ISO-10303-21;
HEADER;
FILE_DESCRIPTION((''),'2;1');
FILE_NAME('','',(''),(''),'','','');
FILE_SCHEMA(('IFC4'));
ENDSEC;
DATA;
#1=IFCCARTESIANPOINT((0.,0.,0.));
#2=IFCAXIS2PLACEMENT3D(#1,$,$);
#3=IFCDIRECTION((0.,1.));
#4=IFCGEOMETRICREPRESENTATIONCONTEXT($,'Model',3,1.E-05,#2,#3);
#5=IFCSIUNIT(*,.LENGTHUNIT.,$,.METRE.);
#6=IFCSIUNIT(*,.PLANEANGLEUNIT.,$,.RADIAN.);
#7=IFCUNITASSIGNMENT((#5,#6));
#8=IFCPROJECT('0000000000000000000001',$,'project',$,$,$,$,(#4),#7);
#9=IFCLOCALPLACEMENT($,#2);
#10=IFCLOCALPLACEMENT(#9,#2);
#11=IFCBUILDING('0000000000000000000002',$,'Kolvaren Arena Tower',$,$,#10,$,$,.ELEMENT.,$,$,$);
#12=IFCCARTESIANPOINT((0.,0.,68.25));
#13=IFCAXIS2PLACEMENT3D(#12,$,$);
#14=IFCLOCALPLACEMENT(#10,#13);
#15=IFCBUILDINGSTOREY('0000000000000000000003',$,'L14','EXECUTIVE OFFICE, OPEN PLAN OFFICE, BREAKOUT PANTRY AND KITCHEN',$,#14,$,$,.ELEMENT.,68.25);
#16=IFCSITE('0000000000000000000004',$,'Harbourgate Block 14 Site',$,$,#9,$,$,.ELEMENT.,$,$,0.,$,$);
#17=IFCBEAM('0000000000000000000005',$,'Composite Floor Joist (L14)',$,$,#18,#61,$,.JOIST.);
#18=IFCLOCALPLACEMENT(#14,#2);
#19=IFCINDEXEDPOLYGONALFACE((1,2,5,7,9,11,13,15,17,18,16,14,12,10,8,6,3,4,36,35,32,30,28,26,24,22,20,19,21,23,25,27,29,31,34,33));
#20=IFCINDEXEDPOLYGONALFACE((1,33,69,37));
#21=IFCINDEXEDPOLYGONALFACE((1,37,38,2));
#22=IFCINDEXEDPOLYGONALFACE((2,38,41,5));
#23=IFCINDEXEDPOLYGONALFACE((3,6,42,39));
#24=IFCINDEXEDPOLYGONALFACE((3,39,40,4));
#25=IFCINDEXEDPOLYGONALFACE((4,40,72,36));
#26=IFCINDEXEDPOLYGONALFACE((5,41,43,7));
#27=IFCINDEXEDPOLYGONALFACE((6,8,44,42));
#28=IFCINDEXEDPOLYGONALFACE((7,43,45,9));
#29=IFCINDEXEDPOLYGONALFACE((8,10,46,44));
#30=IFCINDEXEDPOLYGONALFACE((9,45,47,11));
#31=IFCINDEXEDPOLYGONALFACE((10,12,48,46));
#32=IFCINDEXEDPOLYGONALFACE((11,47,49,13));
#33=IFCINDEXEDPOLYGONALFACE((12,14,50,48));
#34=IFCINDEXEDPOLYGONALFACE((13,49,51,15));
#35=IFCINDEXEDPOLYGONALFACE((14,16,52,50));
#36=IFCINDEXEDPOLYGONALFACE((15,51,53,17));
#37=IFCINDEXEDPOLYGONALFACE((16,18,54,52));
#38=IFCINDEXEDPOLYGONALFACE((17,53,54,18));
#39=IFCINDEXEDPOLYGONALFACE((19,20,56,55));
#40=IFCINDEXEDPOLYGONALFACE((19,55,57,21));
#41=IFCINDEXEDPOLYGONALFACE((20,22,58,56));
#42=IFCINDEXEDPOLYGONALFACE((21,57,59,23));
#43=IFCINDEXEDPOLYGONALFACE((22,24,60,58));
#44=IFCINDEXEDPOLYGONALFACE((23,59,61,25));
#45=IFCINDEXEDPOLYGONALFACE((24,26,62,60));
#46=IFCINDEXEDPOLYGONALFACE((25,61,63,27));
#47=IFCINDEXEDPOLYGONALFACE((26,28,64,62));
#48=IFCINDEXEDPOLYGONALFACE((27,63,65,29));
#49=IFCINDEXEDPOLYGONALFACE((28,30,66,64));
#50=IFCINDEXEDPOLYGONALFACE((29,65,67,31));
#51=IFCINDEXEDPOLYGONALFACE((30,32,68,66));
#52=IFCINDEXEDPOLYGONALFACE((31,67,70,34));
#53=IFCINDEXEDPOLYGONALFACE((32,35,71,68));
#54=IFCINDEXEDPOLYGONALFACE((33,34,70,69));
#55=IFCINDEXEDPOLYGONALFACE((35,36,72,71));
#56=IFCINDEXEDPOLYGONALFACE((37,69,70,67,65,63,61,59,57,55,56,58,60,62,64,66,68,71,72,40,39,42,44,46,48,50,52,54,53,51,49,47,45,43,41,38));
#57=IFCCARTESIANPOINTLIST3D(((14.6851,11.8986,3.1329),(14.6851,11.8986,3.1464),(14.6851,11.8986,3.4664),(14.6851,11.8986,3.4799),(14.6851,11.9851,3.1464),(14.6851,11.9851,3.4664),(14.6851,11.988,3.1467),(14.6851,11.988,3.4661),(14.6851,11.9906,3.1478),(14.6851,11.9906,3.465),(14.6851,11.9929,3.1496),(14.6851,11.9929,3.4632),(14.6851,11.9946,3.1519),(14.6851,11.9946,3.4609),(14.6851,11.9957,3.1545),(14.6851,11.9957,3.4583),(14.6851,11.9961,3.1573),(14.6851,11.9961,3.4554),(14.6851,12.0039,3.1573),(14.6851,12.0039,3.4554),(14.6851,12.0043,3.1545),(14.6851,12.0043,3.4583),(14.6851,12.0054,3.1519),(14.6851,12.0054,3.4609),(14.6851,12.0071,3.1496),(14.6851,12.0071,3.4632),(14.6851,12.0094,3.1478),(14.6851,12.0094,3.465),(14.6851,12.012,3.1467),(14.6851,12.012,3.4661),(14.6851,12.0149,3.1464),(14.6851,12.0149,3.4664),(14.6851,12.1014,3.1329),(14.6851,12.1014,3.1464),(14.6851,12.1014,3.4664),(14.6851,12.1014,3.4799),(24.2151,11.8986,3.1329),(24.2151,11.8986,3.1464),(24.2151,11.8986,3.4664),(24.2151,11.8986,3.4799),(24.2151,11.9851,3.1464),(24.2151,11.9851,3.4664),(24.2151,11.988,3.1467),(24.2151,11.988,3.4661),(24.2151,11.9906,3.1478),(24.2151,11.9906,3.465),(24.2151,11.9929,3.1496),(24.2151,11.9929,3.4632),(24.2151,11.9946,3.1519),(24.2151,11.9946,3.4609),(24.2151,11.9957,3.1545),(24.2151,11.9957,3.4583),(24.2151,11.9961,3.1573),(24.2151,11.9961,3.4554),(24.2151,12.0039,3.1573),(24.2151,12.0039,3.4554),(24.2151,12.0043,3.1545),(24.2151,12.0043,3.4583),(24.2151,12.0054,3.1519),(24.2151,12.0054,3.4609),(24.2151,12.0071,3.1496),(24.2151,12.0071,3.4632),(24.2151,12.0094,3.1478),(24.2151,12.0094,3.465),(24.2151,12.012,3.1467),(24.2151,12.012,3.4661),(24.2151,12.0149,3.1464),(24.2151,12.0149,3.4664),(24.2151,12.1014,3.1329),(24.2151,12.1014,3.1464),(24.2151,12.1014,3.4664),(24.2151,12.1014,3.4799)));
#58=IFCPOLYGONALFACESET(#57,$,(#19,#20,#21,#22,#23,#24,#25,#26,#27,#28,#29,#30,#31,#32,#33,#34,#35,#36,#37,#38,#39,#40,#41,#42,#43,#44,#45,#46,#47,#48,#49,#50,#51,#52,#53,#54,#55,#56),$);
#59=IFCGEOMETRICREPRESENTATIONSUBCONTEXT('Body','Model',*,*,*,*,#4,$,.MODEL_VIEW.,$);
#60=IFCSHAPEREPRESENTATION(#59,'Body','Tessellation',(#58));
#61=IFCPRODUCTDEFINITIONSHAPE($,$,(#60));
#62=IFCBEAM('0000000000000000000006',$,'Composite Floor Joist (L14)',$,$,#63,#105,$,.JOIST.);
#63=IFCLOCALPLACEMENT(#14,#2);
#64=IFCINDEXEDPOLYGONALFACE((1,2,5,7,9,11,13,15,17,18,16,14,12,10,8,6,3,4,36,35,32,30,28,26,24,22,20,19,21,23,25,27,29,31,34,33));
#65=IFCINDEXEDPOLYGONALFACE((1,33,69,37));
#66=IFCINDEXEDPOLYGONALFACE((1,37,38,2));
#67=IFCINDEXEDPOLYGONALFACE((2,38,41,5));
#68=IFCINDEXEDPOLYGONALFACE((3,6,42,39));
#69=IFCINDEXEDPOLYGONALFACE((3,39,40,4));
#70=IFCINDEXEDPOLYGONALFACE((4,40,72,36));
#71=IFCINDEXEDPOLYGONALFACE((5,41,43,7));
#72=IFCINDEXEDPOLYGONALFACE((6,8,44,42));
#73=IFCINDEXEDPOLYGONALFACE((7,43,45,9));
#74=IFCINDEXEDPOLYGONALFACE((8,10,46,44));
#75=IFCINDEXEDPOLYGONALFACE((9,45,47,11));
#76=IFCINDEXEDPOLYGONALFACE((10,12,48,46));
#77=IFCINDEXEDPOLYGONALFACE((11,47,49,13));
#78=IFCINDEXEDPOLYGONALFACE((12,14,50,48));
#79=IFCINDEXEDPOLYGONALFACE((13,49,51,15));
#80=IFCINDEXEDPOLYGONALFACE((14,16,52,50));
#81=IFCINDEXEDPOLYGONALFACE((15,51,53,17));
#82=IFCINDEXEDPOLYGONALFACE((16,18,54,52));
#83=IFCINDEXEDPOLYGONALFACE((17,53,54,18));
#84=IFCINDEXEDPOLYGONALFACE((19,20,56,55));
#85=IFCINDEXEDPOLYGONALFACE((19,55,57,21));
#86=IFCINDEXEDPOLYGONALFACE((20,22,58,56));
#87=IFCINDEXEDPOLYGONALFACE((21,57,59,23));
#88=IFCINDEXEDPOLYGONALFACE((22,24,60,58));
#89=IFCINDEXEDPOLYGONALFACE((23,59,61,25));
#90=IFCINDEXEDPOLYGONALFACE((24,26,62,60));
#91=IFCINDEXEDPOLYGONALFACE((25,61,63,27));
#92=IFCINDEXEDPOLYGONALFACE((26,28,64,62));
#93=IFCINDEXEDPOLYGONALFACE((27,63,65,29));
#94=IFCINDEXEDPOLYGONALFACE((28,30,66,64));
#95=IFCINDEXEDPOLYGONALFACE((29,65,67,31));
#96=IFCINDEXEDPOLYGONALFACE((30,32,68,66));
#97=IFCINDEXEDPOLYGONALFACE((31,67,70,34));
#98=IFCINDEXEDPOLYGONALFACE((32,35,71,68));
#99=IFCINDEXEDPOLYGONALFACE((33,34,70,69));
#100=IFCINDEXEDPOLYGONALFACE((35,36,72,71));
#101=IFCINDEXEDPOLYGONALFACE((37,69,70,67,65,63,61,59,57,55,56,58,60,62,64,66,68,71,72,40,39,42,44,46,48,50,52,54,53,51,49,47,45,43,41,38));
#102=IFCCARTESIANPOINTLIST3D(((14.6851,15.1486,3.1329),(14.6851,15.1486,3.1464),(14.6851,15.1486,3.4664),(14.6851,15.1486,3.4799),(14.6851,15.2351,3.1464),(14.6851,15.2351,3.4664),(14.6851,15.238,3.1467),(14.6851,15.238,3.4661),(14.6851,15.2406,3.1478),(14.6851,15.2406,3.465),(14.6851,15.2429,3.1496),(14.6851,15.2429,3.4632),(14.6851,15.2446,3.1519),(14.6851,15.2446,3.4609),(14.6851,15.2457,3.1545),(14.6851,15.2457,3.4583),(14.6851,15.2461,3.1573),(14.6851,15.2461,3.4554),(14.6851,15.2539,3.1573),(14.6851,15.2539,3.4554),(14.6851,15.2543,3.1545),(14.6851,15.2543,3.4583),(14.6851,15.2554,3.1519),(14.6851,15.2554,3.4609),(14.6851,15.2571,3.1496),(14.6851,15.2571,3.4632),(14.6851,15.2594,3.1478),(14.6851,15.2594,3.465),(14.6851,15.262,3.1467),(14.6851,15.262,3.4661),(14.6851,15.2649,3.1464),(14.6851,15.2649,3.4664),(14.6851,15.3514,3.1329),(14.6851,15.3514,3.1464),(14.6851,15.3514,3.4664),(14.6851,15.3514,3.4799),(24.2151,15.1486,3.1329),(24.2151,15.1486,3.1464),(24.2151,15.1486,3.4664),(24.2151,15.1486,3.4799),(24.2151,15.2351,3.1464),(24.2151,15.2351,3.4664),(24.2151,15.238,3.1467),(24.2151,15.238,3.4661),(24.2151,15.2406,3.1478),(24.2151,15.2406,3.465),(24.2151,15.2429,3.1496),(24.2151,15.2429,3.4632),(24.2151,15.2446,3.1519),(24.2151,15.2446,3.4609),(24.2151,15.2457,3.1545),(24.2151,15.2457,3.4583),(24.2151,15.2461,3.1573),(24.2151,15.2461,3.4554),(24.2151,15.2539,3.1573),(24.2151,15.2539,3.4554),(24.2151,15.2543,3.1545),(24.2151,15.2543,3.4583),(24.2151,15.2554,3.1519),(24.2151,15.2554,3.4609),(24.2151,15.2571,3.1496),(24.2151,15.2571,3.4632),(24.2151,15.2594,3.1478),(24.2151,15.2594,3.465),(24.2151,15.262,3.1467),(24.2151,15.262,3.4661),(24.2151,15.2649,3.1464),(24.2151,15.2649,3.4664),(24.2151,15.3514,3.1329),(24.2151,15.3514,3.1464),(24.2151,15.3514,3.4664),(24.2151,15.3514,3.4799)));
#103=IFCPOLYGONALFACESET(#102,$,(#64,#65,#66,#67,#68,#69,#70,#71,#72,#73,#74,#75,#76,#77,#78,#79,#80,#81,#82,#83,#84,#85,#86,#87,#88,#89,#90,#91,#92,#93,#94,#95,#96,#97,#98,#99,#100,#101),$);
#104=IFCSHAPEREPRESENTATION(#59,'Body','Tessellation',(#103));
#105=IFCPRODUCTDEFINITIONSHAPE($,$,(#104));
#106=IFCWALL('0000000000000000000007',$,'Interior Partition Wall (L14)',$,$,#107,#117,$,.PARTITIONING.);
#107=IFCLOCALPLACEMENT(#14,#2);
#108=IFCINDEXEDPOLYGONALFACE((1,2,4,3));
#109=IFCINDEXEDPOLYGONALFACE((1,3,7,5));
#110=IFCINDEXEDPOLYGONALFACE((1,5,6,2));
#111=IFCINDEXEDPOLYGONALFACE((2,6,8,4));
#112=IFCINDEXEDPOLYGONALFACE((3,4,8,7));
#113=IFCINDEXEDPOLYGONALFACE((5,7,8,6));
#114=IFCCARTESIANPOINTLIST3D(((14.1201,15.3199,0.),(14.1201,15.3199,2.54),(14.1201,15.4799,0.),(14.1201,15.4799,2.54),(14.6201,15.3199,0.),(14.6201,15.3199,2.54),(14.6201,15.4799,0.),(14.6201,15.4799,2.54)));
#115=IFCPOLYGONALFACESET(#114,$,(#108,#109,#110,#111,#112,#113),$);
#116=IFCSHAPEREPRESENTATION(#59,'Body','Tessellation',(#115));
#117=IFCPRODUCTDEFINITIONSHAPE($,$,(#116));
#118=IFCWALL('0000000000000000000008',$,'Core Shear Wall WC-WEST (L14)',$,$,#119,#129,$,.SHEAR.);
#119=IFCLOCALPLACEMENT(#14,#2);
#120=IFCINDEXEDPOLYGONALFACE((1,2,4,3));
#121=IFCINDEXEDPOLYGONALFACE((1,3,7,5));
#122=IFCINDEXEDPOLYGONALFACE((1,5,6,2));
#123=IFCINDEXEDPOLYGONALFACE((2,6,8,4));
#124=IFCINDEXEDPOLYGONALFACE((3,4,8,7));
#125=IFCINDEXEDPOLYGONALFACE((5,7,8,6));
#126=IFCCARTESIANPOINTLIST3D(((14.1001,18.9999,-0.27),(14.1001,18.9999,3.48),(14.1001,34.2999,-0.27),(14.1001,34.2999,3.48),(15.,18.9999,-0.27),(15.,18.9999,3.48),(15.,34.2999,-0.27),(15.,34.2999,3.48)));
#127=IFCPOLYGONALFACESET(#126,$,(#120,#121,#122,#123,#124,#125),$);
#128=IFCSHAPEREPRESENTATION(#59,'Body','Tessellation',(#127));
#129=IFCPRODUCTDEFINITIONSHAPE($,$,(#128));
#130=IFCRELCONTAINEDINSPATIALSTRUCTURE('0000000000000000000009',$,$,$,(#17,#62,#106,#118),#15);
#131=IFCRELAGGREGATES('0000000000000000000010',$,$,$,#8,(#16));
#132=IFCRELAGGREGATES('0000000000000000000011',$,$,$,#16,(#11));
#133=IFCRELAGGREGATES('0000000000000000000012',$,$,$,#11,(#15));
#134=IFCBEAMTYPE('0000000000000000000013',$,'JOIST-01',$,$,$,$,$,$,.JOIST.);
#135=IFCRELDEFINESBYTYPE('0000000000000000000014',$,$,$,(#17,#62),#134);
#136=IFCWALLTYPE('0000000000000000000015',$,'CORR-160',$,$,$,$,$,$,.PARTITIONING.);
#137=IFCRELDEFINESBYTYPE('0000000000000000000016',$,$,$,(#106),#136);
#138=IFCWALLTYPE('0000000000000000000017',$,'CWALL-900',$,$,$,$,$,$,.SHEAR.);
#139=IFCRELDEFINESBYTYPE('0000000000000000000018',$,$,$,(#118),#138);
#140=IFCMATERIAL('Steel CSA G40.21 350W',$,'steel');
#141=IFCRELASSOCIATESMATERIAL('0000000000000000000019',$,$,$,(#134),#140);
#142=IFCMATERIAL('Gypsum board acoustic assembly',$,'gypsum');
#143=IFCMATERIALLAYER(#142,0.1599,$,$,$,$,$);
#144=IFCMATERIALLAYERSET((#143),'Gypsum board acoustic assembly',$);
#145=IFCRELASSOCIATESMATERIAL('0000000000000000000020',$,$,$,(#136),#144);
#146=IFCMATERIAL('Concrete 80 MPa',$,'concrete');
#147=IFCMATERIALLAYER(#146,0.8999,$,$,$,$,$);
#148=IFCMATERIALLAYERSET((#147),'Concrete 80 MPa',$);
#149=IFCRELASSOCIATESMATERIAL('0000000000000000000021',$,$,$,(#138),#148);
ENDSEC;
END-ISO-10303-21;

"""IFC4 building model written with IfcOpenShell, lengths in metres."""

from ifc_helpers import new_model, si_unit, direction, frame, frame_2d, origin, origin_2d, place, context, subcontext, project, spatial, rectangle, i_section, extrude, material, layer, layer_set, material_profile, profile_set, type_object, element, save


model = new_model("IFC4")

# Units and contexts
model_context = context("Model", 3, precision=1e-05, world=origin(), true_north=direction((0.0, 1.0)))
body_context = subcontext(model_context, "Body", "Model", "MODEL_VIEW")
ifc_project = project(units=[si_unit("LENGTHUNIT", "METRE"), si_unit("PLANEANGLEUNIT", "RADIAN")], contexts=[model_context])

# Site, building, storey
site_placement = place(None, origin())
site = spatial("IfcSite", under=ifc_project, at=site_placement, Name="Harbourgate Block 14 Site", CompositionType="ELEMENT", RefElevation=0.0)
building_placement = place(site_placement, origin())
building = spatial("IfcBuilding", under=site, at=building_placement, Name="Kolvaren Arena Tower", CompositionType="ELEMENT")
storey_placement = place(building_placement, frame((0.0, 0.0, 68.25)))
storey = spatial("IfcBuildingStorey", under=building, at=storey_placement, Name="L14", Description="EXECUTIVE OFFICE, OPEN PLAN OFFICE, BREAKOUT PANTRY AND KITCHEN", CompositionType="ELEMENT", Elevation=68.25)

# Beams
ifc_material_1 = material(Name="Steel CSA G40.21 350W", Category="steel")
ifc_material_profile_1 = material_profile(ifc_material_1, i_section(OverallWidth=0.2029, OverallDepth=0.3469, WebThickness=0.0078, FlangeThickness=0.0134, FilletRadius=0.011, at=origin_2d()), Name="W360x64")
ifc_profile_set_1 = profile_set([ifc_material_profile_1], Name="Steel CSA G40.21 350W")
beam_type_1 = type_object("IfcBeamType", Name="JOIST-01", PredefinedType="JOIST", material=ifc_profile_set_1)
for number, where, z_axis, x_axis, name in (
    (1, (14.6851, 12.0, 3.3064), (1.0, 0.0, 0.0), (0.0, 1.0, 0.0), "Composite Floor Joist (L14)"),
    (2, (14.6851, 15.25, 3.3064), (1.0, 0.0, 0.0), (0.0, 1.0, 0.0), "Composite Floor Joist (L14)"),
):
    element("IfcBeam", number, at=place(storey_placement, frame(where, z_axis=z_axis, x_axis=x_axis)), inside=storey, type_object=beam_type_1, Name=name, PredefinedType="JOIST", context=body_context, shape_type="SweptSolid", body=[
        extrude(i_section(OverallWidth=0.2029, OverallDepth=0.3469, WebThickness=0.0078, FlangeThickness=0.0134, FilletRadius=0.011, at=origin_2d()), origin(), (0.0, 0.0, 1.0), 9.53),
    ])

# Shared definitions
ifc_material_2 = material(Name="Gypsum board acoustic assembly", Category="gypsum")
ifc_layer_1 = layer(ifc_material_2, 0.1599)
ifc_layer_set_1 = layer_set([ifc_layer_1], Name="Gypsum board acoustic assembly")
wall_type_1 = type_object("IfcWallType", Name="CORR-160", PredefinedType="PARTITIONING", material=ifc_layer_set_1)

# Walls
wall_1_placement = place(storey_placement, frame((14.1201, 15.3999, 0.0), z_axis=(0.0, 0.0, 1.0), x_axis=(1.0, 0.0, 0.0)))
element("IfcWall", 3, at=wall_1_placement, inside=storey, type_object=wall_type_1, Name="Interior Partition Wall (L14)", PredefinedType="PARTITIONING", context=body_context, shape_type="SweptSolid", body=[
    extrude(rectangle(XDim=0.5, YDim=0.1599, at=frame_2d((0.25, 0.0))), origin(), (0.0, 0.0, 1.0), 2.54),
])
ifc_material_3 = material(Name="Concrete 80 MPa", Category="concrete")
ifc_layer_2 = layer(ifc_material_3, 0.8999)
ifc_layer_set_2 = layer_set([ifc_layer_2], Name="Concrete 80 MPa")
wall_type_2 = type_object("IfcWallType", Name="CWALL-900", PredefinedType="SHEAR", material=ifc_layer_set_2)
wall_2_placement = place(storey_placement, frame((14.55, 19.0, -0.27), z_axis=(0.0, 0.0, 1.0), x_axis=(0.0, 1.0, 0.0)))
element("IfcWall", 4, at=wall_2_placement, inside=storey, type_object=wall_type_2, Name="Core Shear Wall WC-WEST (L14)", PredefinedType="SHEAR", context=body_context, shape_type="SweptSolid", body=[
    extrude(rectangle(XDim=15.3, YDim=0.8999, at=frame_2d((7.6499, 0.0))), origin(), (0.0, 0.0, 1.0), 3.75),
])

save(model, "model.ifc")
